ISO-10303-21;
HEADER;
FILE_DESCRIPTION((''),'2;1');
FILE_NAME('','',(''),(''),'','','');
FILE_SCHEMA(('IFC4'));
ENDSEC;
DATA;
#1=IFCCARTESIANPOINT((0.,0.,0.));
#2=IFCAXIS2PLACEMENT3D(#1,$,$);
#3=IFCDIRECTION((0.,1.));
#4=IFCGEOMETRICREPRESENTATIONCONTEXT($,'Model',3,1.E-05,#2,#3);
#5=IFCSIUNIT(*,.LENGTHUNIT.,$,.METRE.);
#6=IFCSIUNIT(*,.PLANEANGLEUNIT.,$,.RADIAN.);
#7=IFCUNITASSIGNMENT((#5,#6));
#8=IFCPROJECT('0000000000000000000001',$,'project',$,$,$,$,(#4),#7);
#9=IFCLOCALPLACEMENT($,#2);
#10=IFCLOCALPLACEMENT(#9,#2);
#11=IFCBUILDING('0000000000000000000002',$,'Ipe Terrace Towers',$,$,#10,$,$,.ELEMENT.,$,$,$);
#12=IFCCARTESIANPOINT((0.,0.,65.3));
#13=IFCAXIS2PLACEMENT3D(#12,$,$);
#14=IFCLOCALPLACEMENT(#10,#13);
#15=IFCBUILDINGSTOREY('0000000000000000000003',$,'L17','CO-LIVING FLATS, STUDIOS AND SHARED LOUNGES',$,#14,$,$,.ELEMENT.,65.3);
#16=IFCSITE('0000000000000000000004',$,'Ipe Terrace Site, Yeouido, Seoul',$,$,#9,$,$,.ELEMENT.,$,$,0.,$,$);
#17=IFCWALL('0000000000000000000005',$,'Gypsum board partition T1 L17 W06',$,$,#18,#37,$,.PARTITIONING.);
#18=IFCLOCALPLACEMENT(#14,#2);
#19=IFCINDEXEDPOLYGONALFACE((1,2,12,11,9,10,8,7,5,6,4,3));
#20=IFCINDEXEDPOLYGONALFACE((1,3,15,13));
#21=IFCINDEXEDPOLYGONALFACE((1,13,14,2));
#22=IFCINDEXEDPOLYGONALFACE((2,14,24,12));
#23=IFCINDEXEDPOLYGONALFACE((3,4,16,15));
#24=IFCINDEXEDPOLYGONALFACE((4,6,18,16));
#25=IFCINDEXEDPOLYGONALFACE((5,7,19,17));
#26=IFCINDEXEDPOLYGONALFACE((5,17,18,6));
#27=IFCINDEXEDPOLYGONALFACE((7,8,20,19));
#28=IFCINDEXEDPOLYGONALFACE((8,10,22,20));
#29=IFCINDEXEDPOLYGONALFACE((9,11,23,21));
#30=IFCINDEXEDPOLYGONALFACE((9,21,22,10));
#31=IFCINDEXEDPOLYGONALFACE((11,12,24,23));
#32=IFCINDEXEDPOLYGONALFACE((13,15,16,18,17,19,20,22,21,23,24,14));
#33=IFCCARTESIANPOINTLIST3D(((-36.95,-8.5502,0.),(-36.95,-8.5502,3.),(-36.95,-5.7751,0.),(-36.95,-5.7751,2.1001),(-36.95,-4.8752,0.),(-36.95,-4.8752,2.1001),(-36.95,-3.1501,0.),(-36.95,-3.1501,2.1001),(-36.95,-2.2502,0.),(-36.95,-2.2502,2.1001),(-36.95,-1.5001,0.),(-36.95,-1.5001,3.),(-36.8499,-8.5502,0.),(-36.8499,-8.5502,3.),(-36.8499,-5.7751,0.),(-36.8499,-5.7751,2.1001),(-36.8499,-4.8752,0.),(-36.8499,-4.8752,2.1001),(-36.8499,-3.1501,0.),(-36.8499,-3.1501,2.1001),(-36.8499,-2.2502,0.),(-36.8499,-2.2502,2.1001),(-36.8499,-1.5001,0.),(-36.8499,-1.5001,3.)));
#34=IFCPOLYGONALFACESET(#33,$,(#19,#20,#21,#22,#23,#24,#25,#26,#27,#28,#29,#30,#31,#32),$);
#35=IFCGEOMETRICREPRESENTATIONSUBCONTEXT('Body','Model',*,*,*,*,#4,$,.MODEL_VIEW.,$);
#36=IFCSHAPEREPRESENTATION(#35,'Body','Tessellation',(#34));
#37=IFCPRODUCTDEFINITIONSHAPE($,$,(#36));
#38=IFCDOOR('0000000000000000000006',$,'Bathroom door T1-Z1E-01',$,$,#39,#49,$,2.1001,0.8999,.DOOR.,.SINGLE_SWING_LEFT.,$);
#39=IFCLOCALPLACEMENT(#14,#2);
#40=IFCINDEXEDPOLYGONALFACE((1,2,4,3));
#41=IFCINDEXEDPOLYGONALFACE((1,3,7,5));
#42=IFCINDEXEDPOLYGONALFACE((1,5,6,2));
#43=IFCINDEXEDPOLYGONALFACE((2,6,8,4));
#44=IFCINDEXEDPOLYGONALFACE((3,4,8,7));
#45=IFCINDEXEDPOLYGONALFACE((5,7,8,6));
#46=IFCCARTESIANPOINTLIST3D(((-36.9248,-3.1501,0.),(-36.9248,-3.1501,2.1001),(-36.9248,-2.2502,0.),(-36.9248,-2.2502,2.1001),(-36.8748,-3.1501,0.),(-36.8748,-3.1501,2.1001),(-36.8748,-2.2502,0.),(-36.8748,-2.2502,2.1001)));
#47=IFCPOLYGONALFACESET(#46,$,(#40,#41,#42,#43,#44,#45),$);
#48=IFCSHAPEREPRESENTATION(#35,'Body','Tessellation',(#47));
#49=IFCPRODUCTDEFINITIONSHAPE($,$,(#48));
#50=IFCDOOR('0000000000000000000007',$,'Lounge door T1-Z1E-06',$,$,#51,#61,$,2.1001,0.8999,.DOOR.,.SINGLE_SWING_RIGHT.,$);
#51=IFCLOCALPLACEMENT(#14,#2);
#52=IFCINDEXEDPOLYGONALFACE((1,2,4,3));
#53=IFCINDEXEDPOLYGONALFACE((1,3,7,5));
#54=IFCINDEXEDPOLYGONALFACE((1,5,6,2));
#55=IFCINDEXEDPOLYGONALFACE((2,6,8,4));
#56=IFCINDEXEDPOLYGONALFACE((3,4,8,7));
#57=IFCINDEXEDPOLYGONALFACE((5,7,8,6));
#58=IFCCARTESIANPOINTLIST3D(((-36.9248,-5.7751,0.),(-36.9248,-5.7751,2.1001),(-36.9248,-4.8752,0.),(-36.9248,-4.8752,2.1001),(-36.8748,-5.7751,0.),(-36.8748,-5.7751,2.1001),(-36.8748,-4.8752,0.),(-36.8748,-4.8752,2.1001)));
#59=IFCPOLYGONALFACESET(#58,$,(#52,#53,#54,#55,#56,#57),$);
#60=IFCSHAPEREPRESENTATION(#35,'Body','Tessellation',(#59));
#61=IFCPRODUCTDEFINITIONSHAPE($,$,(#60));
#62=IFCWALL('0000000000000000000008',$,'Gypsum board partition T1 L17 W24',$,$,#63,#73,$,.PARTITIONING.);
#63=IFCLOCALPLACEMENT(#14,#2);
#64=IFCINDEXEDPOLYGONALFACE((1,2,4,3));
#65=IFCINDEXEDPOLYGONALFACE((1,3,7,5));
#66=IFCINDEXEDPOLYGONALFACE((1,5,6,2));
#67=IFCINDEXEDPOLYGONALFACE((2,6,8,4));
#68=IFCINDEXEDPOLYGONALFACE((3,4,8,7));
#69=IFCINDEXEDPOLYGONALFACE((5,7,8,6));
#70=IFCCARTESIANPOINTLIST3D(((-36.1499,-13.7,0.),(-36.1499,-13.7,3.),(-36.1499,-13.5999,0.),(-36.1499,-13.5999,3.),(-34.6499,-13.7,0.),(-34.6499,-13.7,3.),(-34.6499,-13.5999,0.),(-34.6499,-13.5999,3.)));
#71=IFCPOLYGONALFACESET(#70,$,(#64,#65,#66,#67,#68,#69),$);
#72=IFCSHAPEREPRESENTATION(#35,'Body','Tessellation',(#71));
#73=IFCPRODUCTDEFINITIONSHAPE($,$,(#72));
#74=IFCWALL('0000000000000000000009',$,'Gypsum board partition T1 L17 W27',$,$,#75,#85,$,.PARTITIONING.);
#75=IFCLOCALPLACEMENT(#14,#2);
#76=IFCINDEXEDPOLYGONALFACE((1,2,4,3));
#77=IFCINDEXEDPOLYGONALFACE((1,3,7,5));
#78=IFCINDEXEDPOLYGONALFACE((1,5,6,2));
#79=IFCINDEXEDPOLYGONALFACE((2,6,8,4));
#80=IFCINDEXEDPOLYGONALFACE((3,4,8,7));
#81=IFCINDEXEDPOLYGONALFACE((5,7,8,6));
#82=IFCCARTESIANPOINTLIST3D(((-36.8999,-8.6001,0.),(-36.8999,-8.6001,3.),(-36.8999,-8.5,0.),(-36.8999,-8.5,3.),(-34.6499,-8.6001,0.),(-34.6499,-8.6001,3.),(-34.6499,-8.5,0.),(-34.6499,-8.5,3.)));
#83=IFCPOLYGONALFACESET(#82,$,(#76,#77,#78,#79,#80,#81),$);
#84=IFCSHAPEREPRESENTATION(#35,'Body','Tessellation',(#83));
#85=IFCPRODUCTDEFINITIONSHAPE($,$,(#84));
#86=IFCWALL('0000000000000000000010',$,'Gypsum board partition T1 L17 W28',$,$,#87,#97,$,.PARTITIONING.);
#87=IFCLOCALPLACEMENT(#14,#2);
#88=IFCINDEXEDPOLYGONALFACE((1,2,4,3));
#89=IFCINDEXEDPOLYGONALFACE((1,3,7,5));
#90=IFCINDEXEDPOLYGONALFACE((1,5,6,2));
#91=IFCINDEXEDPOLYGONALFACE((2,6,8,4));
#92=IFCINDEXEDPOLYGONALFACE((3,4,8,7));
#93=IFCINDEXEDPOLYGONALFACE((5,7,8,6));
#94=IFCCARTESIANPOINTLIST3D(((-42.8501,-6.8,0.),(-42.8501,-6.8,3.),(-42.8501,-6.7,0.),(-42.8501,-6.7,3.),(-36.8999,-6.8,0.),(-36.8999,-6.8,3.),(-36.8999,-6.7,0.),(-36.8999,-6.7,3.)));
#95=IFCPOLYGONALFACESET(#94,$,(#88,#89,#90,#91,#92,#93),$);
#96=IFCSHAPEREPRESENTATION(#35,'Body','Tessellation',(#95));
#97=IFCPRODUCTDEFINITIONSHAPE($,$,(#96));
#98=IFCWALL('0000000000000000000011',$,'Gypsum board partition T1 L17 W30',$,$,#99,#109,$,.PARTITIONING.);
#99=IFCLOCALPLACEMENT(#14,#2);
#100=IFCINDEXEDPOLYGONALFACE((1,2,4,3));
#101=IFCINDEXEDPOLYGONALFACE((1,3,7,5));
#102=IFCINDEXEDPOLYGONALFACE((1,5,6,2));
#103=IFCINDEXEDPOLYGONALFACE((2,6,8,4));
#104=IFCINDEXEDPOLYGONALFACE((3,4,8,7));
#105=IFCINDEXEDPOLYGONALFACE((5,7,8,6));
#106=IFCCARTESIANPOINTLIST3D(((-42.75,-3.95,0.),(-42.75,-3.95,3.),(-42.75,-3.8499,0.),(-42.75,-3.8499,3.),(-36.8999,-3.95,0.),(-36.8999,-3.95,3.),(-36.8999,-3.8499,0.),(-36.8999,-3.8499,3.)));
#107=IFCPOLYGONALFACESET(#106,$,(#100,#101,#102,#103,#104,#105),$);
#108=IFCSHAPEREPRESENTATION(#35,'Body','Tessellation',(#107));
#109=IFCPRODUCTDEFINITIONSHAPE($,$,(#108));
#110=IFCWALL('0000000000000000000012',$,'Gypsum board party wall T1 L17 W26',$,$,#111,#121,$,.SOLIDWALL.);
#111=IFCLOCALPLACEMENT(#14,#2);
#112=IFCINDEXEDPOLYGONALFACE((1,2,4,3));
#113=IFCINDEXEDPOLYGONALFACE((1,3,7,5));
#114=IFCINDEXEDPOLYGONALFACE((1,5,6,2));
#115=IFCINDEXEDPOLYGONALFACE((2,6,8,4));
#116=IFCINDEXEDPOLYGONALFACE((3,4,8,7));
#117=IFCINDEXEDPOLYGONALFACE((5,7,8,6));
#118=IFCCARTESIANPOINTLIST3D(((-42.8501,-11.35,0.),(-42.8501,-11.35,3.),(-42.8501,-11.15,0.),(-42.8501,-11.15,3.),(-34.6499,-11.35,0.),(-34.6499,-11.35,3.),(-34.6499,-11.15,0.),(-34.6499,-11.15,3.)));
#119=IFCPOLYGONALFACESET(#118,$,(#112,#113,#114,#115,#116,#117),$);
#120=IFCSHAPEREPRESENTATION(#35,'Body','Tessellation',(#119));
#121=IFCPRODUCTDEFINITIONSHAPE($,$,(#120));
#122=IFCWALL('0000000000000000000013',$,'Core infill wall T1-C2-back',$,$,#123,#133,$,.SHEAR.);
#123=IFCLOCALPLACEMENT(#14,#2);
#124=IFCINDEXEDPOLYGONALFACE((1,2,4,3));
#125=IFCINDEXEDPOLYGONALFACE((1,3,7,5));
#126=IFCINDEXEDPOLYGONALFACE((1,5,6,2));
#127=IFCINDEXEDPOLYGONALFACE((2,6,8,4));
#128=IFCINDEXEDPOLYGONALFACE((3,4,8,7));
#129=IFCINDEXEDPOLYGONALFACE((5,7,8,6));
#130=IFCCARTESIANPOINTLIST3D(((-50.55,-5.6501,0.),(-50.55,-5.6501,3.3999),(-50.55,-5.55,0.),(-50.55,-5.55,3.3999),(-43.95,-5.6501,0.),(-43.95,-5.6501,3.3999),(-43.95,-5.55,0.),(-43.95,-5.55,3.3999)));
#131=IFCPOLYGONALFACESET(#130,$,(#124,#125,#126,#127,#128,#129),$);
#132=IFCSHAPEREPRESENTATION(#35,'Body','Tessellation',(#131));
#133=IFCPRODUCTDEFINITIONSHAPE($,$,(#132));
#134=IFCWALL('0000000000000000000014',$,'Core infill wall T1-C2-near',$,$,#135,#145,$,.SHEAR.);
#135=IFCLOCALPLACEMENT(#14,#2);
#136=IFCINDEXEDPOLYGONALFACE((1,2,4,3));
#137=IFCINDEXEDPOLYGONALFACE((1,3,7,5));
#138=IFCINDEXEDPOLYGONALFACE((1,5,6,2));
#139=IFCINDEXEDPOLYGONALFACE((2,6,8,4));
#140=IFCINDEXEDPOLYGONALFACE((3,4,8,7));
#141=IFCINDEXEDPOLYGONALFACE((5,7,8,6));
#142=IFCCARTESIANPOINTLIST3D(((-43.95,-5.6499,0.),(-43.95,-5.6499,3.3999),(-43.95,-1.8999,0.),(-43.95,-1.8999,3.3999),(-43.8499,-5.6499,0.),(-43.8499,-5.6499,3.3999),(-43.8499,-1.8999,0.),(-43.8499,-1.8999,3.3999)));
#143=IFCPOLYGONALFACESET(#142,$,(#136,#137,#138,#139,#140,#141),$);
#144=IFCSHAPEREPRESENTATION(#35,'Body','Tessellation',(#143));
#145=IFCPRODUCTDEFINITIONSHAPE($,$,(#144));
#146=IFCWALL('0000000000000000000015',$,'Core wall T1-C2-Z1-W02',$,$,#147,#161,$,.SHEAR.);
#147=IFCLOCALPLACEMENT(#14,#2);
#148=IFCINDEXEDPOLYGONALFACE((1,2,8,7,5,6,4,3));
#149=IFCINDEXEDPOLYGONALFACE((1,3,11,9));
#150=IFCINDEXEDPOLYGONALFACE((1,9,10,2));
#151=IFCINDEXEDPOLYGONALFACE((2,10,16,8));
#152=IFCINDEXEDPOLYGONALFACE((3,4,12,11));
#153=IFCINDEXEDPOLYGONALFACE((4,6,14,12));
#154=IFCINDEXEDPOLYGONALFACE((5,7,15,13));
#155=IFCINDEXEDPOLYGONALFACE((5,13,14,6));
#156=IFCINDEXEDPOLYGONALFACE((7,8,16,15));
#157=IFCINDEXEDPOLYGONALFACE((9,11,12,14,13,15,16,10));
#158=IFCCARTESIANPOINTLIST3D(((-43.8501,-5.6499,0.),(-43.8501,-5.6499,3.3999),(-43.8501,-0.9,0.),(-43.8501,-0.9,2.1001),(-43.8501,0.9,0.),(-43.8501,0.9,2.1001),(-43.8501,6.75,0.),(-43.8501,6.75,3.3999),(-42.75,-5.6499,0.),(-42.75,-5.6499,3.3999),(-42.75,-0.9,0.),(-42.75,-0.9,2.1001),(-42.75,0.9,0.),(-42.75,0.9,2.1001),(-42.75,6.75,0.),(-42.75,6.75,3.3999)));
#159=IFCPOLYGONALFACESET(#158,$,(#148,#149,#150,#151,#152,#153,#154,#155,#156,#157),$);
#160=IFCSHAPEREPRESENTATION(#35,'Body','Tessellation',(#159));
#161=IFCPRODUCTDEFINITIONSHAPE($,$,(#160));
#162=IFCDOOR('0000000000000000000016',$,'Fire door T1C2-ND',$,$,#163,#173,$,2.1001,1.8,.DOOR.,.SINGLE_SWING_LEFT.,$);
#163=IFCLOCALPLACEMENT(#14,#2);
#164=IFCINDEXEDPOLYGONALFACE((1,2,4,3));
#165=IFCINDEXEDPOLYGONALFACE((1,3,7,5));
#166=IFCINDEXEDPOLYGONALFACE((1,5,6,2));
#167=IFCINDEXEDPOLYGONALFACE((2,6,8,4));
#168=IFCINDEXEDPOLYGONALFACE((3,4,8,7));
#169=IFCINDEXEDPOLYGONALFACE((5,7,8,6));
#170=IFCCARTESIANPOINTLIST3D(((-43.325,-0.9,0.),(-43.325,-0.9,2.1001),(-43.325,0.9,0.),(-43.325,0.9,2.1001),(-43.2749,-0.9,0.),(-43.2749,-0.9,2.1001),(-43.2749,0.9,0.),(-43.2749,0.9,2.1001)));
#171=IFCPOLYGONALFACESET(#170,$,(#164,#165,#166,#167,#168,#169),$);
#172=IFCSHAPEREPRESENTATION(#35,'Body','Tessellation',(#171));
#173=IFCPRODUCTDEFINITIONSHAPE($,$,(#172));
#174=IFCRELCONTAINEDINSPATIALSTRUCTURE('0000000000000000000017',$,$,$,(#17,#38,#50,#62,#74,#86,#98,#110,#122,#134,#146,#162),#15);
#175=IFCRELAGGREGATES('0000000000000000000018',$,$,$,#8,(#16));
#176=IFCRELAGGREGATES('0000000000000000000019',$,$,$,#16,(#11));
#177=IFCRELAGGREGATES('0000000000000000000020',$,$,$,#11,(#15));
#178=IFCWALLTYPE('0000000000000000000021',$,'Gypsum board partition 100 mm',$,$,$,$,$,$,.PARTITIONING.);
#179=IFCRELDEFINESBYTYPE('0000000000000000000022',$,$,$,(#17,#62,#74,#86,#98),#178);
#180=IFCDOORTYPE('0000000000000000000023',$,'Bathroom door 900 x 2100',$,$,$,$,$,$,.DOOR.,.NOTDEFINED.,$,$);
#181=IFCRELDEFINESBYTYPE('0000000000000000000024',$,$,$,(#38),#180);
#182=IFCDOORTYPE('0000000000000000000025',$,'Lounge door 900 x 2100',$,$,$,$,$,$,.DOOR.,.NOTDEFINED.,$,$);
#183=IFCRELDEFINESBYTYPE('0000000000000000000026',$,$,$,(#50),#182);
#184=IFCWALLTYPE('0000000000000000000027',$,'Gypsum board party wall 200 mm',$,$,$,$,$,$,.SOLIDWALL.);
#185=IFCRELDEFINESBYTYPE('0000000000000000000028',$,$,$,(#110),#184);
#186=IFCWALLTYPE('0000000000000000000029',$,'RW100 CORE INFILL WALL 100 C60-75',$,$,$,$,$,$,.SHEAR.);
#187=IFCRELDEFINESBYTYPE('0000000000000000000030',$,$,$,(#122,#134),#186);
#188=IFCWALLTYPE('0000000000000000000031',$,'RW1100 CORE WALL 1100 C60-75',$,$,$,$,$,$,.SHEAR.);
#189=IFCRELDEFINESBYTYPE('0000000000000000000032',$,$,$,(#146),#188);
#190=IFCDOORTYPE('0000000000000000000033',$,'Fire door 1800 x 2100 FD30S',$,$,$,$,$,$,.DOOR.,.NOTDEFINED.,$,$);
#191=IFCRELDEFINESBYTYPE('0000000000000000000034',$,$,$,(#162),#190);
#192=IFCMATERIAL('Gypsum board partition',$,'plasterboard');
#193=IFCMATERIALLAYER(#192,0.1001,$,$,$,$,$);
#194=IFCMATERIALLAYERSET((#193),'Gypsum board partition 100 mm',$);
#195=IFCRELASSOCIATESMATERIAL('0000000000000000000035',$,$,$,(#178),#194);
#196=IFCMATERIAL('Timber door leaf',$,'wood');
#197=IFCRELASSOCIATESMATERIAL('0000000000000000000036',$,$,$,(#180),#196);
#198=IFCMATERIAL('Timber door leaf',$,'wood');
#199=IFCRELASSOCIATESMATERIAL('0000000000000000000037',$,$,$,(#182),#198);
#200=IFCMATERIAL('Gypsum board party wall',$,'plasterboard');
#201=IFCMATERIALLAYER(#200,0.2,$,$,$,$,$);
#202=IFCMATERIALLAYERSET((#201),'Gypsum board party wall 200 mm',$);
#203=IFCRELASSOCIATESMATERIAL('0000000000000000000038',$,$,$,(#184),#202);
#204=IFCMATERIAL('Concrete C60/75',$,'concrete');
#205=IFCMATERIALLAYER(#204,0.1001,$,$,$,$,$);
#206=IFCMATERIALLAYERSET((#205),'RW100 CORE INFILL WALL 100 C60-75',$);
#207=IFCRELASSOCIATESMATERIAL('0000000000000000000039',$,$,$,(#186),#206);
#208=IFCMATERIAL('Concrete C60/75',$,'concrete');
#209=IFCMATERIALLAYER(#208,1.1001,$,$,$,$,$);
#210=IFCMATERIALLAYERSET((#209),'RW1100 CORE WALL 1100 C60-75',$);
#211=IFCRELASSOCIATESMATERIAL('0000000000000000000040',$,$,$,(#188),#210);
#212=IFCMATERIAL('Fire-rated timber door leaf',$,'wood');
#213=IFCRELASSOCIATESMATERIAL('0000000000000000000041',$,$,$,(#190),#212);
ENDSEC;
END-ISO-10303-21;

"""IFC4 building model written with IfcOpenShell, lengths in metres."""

from ifc_helpers import new_model, si_unit, direction, frame, frame_2d, origin, place, context, subcontext, project, spatial, rectangle, extrude, material, layer, layer_set, type_object, element, fill, save


model = new_model("IFC4")

# Units and contexts
model_context = context("Model", 3, precision=1e-05, world=origin(), true_north=direction((0.0, 1.0)))
body_context = subcontext(model_context, "Body", "Model", "MODEL_VIEW")
ifc_project = project(units=[si_unit("LENGTHUNIT", "METRE"), si_unit("PLANEANGLEUNIT", "RADIAN")], contexts=[model_context])

# Site, building, storey
site_placement = place(None, origin())
site = spatial("IfcSite", under=ifc_project, at=site_placement, Name="Ipe Terrace Site, Yeouido, Seoul", CompositionType="ELEMENT", RefElevation=0.0)
building_placement = place(site_placement, origin())
building = spatial("IfcBuilding", under=site, at=building_placement, Name="Ipe Terrace Towers", CompositionType="ELEMENT")
storey_placement = place(building_placement, frame((0.0, 0.0, 65.3)))
storey = spatial("IfcBuildingStorey", under=building, at=storey_placement, Name="L17", Description="CO-LIVING FLATS, STUDIOS AND SHARED LOUNGES", CompositionType="ELEMENT", Elevation=65.3)

# Shared definitions
ifc_material_1 = material(Name="Gypsum board partition", Category="plasterboard")
ifc_layer_1 = layer(ifc_material_1, 0.1001)
ifc_layer_set_1 = layer_set([ifc_layer_1], Name="Gypsum board partition 100 mm")
wall_type_1 = type_object("IfcWallType", Name="Gypsum board partition 100 mm", PredefinedType="PARTITIONING", material=ifc_layer_set_1)

# Wall, openings, doors
wall_1_placement = place(storey_placement, frame((-36.8999, -8.55, 0.0), z_axis=(0.0, 0.0, 1.0), x_axis=(0.0, 1.0, 0.0)))
wall_1 = element("IfcWall", 1, at=wall_1_placement, inside=storey, type_object=wall_type_1, Name="Gypsum board partition T1 L17 W06", PredefinedType="PARTITIONING", context=body_context, shape_type="SweptSolid", body=[
    extrude(rectangle(XDim=7.05, YDim=0.1001, at=frame_2d((3.5249, 0.0))), origin(), (0.0, 0.0, 1.0), 3.0),
])
opening_1_placement = place(wall_1_placement, frame((5.3999, 0.0, 0.0)))
opening_1 = element("IfcOpeningElement", 2, at=opening_1_placement, cuts=wall_1, PredefinedType="OPENING", context=body_context, shape_type="SweptSolid", body=[
    extrude(rectangle(XDim=0.8999, YDim=2.1001, at=frame_2d((0.45, 1.05))), frame((0.0, 0.0601, 0.0), z_axis=(0.0, -1.0, 0.0), x_axis=(1.0, 0.0, 0.0)), (0.0, 0.0, 1.0), 0.1201),
])
opening_2_placement = place(wall_1_placement, frame((2.7749, 0.0, 0.0)))
opening_2 = element("IfcOpeningElement", 3, at=opening_2_placement, cuts=wall_1, PredefinedType="OPENING", context=body_context, shape_type="SweptSolid", body=[
    extrude(rectangle(XDim=0.8999, YDim=2.1001, at=frame_2d((0.45, 1.05))), frame((0.0, 0.0601, 0.0), z_axis=(0.0, -1.0, 0.0), x_axis=(1.0, 0.0, 0.0)), (0.0, 0.0, 1.0), 0.1201),
])
ifc_material_2 = material(Name="Timber door leaf", Category="wood")
door_type_1 = type_object("IfcDoorType", Name="Bathroom door 900 x 2100", OperationType="NOTDEFINED", PredefinedType="DOOR", material=ifc_material_2)
door_1_placement = place(opening_1_placement, origin())
door_1 = element("IfcDoor", 4, at=door_1_placement, inside=storey, type_object=door_type_1, Name="Bathroom door T1-Z1E-01", OperationType="SINGLE_SWING_LEFT", OverallHeight=2.1001, OverallWidth=0.8999, PredefinedType="DOOR", context=body_context, shape_type="SweptSolid", body=[
    extrude(rectangle(XDim=0.8999, YDim=2.1001, at=frame_2d((0.45, 1.05))), frame((0.0, 0.0249, 0.0), z_axis=(0.0, -1.0, 0.0), x_axis=(1.0, 0.0, 0.0)), (0.0, 0.0, 1.0), 0.05),
])
fill(opening_1, door_1)
ifc_material_3 = material(Name="Timber door leaf", Category="wood")
door_type_2 = type_object("IfcDoorType", Name="Lounge door 900 x 2100", OperationType="NOTDEFINED", PredefinedType="DOOR", material=ifc_material_3)
door_2_placement = place(opening_2_placement, origin())
door_2 = element("IfcDoor", 5, at=door_2_placement, inside=storey, type_object=door_type_2, Name="Lounge door T1-Z1E-06", OperationType="SINGLE_SWING_RIGHT", OverallHeight=2.1001, OverallWidth=0.8999, PredefinedType="DOOR", context=body_context, shape_type="SweptSolid", body=[
    extrude(rectangle(XDim=0.8999, YDim=2.1001, at=frame_2d((0.45, 1.05))), frame((0.0, 0.0249, 0.0), z_axis=(0.0, -1.0, 0.0), x_axis=(1.0, 0.0, 0.0)), (0.0, 0.0, 1.0), 0.05),
])
fill(opening_2, door_2)

# Walls
wall_2_placement = place(storey_placement, frame((-36.1499, -13.6499, 0.0), z_axis=(0.0, 0.0, 1.0), x_axis=(1.0, 0.0, 0.0)))
element("IfcWall", 6, at=wall_2_placement, inside=storey, type_object=wall_type_1, Name="Gypsum board partition T1 L17 W24", PredefinedType="PARTITIONING", context=body_context, shape_type="SweptSolid", body=[
    extrude(rectangle(XDim=1.5, YDim=0.1001, at=frame_2d((0.75, 0.0))), origin(), (0.0, 0.0, 1.0), 3.0),
])
wall_3_placement = place(storey_placement, frame((-36.8999, -8.55, 0.0), z_axis=(0.0, 0.0, 1.0), x_axis=(1.0, 0.0, 0.0)))
element("IfcWall", 7, at=wall_3_placement, inside=storey, type_object=wall_type_1, Name="Gypsum board partition T1 L17 W27", PredefinedType="PARTITIONING", context=body_context, shape_type="SweptSolid", body=[
    extrude(rectangle(XDim=2.25, YDim=0.1001, at=frame_2d((1.125, 0.0))), origin(), (0.0, 0.0, 1.0), 3.0),
])
wall_4_placement = place(storey_placement, frame((-42.8501, -6.75, 0.0), z_axis=(0.0, 0.0, 1.0), x_axis=(1.0, 0.0, 0.0)))
element("IfcWall", 8, at=wall_4_placement, inside=storey, type_object=wall_type_1, Name="Gypsum board partition T1 L17 W28", PredefinedType="PARTITIONING", context=body_context, shape_type="SweptSolid", body=[
    extrude(rectangle(XDim=5.9502, YDim=0.1001, at=frame_2d((2.9751, 0.0))), origin(), (0.0, 0.0, 1.0), 3.0),
])
wall_5_placement = place(storey_placement, frame((-42.75, -3.8999, 0.0), z_axis=(0.0, 0.0, 1.0), x_axis=(1.0, 0.0, 0.0)))
element("IfcWall", 9, at=wall_5_placement, inside=storey, type_object=wall_type_1, Name="Gypsum board partition T1 L17 W30", PredefinedType="PARTITIONING", context=body_context, shape_type="SweptSolid", body=[
    extrude(rectangle(XDim=5.8501, YDim=0.1001, at=frame_2d((2.925, 0.0))), origin(), (0.0, 0.0, 1.0), 3.0),
])
ifc_material_4 = material(Name="Gypsum board party wall", Category="plasterboard")
ifc_layer_2 = layer(ifc_material_4, 0.2)
ifc_layer_set_2 = layer_set([ifc_layer_2], Name="Gypsum board party wall 200 mm")
wall_type_2 = type_object("IfcWallType", Name="Gypsum board party wall 200 mm", PredefinedType="SOLIDWALL", material=ifc_layer_set_2)
wall_6_placement = place(storey_placement, frame((-42.8501, -11.25, 0.0), z_axis=(0.0, 0.0, 1.0), x_axis=(1.0, 0.0, 0.0)))
element("IfcWall", 10, at=wall_6_placement, inside=storey, type_object=wall_type_2, Name="Gypsum board party wall T1 L17 W26", PredefinedType="SOLIDWALL", context=body_context, shape_type="SweptSolid", body=[
    extrude(rectangle(XDim=8.2002, YDim=0.2, at=frame_2d((4.1001, 0.0))), origin(), (0.0, 0.0, 1.0), 3.0),
])
ifc_material_5 = material(Name="Concrete C60/75", Category="concrete")
ifc_layer_3 = layer(ifc_material_5, 0.1001)
ifc_layer_set_3 = layer_set([ifc_layer_3], Name="RW100 CORE INFILL WALL 100 C60-75")
wall_type_3 = type_object("IfcWallType", Name="RW100 CORE INFILL WALL 100 C60-75", PredefinedType="SHEAR", material=ifc_layer_set_3)
wall_7_placement = place(storey_placement, frame((-43.95, -5.6001, 0.0), z_axis=(0.0, 0.0, 1.0), x_axis=(-1.0, 0.0, 0.0)))
element("IfcWall", 11, at=wall_7_placement, inside=storey, type_object=wall_type_3, Name="Core infill wall T1-C2-back", PredefinedType="SHEAR", context=body_context, shape_type="SweptSolid", body=[
    extrude(rectangle(XDim=6.6001, YDim=0.1001, at=frame_2d((3.3, 0.0))), origin(), (0.0, 0.0, 1.0), 3.3999),
])
wall_8_placement = place(storey_placement, frame((-43.8999, -1.8999, 0.0), z_axis=(0.0, 0.0, 1.0), x_axis=(0.0, -1.0, 0.0)))
element("IfcWall", 12, at=wall_8_placement, inside=storey, type_object=wall_type_3, Name="Core infill wall T1-C2-near", PredefinedType="SHEAR", context=body_context, shape_type="SweptSolid", body=[
    extrude(rectangle(XDim=3.75, YDim=0.1001, at=frame_2d((1.875, 0.0))), origin(), (0.0, 0.0, 1.0), 3.3999),
])

# Wall, opening, door
ifc_material_6 = material(Name="Concrete C60/75", Category="concrete")
ifc_layer_4 = layer(ifc_material_6, 1.1001)
ifc_layer_set_4 = layer_set([ifc_layer_4], Name="RW1100 CORE WALL 1100 C60-75")
wall_type_4 = type_object("IfcWallType", Name="RW1100 CORE WALL 1100 C60-75", PredefinedType="SHEAR", material=ifc_layer_set_4)
wall_9_placement = place(storey_placement, frame((-43.3, -5.6499, 0.0), z_axis=(0.0, 0.0, 1.0), x_axis=(0.0, 1.0, 0.0)))
wall_9 = element("IfcWall", 13, at=wall_9_placement, inside=storey, type_object=wall_type_4, Name="Core wall T1-C2-Z1-W02", PredefinedType="SHEAR", context=body_context, shape_type="SweptSolid", body=[
    extrude(rectangle(XDim=12.3999, YDim=1.1001, at=frame_2d((6.2, 0.0))), origin(), (0.0, 0.0, 1.0), 3.3999),
])
opening_3_placement = place(wall_9_placement, frame((4.75, 0.0, 0.0)))
opening_3 = element("IfcOpeningElement", 14, at=opening_3_placement, cuts=wall_9, PredefinedType="OPENING", context=body_context, shape_type="SweptSolid", body=[
    extrude(rectangle(XDim=1.8, YDim=2.1001, at=frame_2d((0.8999, 1.05))), frame((0.0, 0.5601, 0.0), z_axis=(0.0, -1.0, 0.0), x_axis=(1.0, 0.0, 0.0)), (0.0, 0.0, 1.0), 1.1201),
])
ifc_material_7 = material(Name="Fire-rated timber door leaf", Category="wood")
door_type_3 = type_object("IfcDoorType", Name="Fire door 1800 x 2100 FD30S", OperationType="NOTDEFINED", PredefinedType="DOOR", material=ifc_material_7)
door_3_placement = place(opening_3_placement, origin())
door_3 = element("IfcDoor", 15, at=door_3_placement, inside=storey, type_object=door_type_3, Name="Fire door T1C2-ND", OperationType="SINGLE_SWING_LEFT", OverallHeight=2.1001, OverallWidth=1.8, PredefinedType="DOOR", context=body_context, shape_type="SweptSolid", body=[
    extrude(rectangle(XDim=1.8, YDim=2.1001, at=frame_2d((0.8999, 1.05))), frame((0.0, 0.0249, 0.0), z_axis=(0.0, -1.0, 0.0), x_axis=(1.0, 0.0, 0.0)), (0.0, 0.0, 1.0), 0.05),
])
fill(opening_3, door_3)

save(model, "model.ifc")
